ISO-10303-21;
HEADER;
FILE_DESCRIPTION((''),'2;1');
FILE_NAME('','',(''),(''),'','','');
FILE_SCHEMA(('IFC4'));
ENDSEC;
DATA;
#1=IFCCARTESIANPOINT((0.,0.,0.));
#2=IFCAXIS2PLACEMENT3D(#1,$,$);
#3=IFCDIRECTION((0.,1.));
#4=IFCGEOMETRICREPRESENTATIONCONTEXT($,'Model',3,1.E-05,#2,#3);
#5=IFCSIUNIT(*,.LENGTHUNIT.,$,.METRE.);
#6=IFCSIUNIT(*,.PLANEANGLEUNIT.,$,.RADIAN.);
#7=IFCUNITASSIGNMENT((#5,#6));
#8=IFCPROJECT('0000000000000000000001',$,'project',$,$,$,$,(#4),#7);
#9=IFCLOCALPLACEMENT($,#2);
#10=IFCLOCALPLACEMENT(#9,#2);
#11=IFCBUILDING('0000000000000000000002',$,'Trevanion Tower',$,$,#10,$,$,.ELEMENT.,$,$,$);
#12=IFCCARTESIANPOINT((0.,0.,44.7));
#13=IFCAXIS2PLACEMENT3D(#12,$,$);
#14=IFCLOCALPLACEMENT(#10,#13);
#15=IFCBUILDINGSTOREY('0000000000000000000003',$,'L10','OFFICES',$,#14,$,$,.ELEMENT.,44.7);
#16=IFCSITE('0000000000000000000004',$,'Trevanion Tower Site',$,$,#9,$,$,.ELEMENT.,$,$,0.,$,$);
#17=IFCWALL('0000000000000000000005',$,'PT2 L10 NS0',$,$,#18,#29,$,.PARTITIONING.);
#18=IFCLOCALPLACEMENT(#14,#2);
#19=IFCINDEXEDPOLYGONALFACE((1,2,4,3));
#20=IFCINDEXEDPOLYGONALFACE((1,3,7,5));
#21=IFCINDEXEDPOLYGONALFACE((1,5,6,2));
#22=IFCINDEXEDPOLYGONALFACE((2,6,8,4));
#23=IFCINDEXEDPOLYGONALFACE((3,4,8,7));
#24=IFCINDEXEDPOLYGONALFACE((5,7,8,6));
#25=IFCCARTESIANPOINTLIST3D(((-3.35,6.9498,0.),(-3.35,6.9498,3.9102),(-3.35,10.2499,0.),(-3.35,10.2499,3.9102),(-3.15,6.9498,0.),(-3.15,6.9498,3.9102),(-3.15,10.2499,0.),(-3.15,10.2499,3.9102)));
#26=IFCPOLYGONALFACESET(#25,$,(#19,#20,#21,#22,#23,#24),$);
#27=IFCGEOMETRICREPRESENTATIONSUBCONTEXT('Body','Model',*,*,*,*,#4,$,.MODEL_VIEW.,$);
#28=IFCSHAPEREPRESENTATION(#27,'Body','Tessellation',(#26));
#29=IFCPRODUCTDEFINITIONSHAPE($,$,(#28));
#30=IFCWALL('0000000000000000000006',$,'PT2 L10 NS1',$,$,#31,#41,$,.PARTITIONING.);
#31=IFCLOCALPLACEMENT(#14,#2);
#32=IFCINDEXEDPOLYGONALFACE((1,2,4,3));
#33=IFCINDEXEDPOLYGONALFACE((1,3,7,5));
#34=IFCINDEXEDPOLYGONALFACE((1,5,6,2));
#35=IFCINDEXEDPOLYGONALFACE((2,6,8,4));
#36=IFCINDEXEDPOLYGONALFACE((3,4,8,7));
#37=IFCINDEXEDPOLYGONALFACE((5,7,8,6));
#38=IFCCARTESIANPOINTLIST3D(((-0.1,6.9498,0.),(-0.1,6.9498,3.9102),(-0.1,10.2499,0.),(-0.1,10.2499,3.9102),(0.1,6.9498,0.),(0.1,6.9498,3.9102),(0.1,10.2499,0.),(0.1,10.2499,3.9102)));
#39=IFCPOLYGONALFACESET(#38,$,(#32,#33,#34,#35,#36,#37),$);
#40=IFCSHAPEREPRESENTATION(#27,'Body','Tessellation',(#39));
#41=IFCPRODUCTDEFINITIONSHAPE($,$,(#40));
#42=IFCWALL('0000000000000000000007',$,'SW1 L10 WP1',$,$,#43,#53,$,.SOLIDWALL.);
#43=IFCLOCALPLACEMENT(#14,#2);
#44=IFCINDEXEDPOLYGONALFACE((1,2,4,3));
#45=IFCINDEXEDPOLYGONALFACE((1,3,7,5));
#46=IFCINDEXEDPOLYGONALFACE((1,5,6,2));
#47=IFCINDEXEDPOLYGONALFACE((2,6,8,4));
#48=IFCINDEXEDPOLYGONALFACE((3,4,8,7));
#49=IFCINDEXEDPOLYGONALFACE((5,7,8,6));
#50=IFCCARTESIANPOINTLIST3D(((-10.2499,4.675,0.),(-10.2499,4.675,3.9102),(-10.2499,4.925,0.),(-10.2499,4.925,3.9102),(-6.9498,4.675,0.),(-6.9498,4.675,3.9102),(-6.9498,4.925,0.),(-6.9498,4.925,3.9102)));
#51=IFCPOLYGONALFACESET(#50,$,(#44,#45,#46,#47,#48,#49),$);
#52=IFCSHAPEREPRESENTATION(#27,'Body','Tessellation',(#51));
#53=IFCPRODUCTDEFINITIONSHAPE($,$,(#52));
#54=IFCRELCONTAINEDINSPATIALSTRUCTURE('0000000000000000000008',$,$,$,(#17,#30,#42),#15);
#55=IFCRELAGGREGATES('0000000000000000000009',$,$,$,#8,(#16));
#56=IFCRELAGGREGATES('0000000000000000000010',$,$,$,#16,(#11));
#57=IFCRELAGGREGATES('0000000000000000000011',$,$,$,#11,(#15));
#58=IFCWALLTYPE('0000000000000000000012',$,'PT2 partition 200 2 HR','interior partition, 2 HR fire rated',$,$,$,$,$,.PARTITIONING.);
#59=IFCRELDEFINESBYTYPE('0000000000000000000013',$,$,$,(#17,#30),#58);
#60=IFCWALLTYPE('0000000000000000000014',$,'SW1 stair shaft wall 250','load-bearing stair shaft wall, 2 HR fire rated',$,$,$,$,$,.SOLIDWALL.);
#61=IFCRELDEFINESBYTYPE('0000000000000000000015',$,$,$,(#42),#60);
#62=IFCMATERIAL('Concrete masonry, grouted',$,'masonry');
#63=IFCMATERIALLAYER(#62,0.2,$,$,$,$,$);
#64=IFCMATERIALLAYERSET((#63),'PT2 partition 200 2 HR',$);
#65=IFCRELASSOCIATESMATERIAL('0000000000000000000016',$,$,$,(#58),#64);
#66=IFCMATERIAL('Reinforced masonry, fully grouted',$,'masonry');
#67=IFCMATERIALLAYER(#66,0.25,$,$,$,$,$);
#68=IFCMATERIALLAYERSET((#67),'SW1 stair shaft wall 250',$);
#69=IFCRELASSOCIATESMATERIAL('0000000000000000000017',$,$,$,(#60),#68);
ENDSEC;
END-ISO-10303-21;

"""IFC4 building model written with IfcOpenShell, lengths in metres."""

from ifc_helpers import new_model, si_unit, direction, frame, frame_2d, origin, place, context, subcontext, project, spatial, rectangle, extrude, material, layer, layer_set, type_object, element, save


model = new_model("IFC4")

# Units and contexts
model_context = context("Model", 3, precision=1e-05, world=origin(), true_north=direction((0.0, 1.0)))
body_context = subcontext(model_context, "Body", "Model", "MODEL_VIEW")
ifc_project = project(units=[si_unit("LENGTHUNIT", "METRE"), si_unit("PLANEANGLEUNIT", "RADIAN")], contexts=[model_context])

# Site, building, storey
site_placement = place(None, origin())
site = spatial("IfcSite", under=ifc_project, at=site_placement, Name="Trevanion Tower Site", CompositionType="ELEMENT", RefElevation=0.0)
building_placement = place(site_placement, origin())
building = spatial("IfcBuilding", under=site, at=building_placement, Name="Trevanion Tower", CompositionType="ELEMENT")
storey_placement = place(building_placement, frame((0.0, 0.0, 44.7)))
storey = spatial("IfcBuildingStorey", under=building, at=storey_placement, Name="L10", Description="OFFICES", CompositionType="ELEMENT", Elevation=44.7)

# Walls
ifc_material_1 = material(Name="Concrete masonry, grouted", Category="masonry")
ifc_layer_1 = layer(ifc_material_1, 0.2)
ifc_layer_set_1 = layer_set([ifc_layer_1], Name="PT2 partition 200 2 HR")
wall_type_1 = type_object("IfcWallType", Name="PT2 partition 200 2 HR", Description="interior partition, 2 HR fire rated", PredefinedType="PARTITIONING", material=ifc_layer_set_1)
for number, where, z_axis, x_axis, name in (
    (1, (-3.25, 6.95, 0.0), (0.0, 0.0, 1.0), (0.0, 1.0, 0.0), "PT2 L10 NS0"),
    (2, (0.0, 6.95, 0.0), (0.0, 0.0, 1.0), (0.0, 1.0, 0.0), "PT2 L10 NS1"),
):
    element("IfcWall", number, at=place(storey_placement, frame(where, z_axis=z_axis, x_axis=x_axis)), inside=storey, type_object=wall_type_1, Name=name, PredefinedType="PARTITIONING", context=body_context, shape_type="SweptSolid", body=[
        extrude(rectangle(XDim=3.3, YDim=0.2, at=frame_2d((1.6499, 0.0))), origin(), (0.0, 0.0, 1.0), 3.9102),
    ])
ifc_material_2 = material(Name="Reinforced masonry, fully grouted", Category="masonry")
ifc_layer_2 = layer(ifc_material_2, 0.25)
ifc_layer_set_2 = layer_set([ifc_layer_2], Name="SW1 stair shaft wall 250")
wall_type_2 = type_object("IfcWallType", Name="SW1 stair shaft wall 250", Description="load-bearing stair shaft wall, 2 HR fire rated", PredefinedType="SOLIDWALL", material=ifc_layer_set_2)
wall_1_placement = place(storey_placement, frame((-6.95, 4.8, 0.0), z_axis=(0.0, 0.0, 1.0), x_axis=(-1.0, 0.0, 0.0)))
element("IfcWall", 3, at=wall_1_placement, inside=storey, type_object=wall_type_2, Name="SW1 L10 WP1", PredefinedType="SOLIDWALL", context=body_context, shape_type="SweptSolid", body=[
    extrude(rectangle(XDim=3.3, YDim=0.25, at=frame_2d((1.6499, 0.0))), origin(), (0.0, 0.0, 1.0), 3.9102),
])

save(model, "model.ifc")
